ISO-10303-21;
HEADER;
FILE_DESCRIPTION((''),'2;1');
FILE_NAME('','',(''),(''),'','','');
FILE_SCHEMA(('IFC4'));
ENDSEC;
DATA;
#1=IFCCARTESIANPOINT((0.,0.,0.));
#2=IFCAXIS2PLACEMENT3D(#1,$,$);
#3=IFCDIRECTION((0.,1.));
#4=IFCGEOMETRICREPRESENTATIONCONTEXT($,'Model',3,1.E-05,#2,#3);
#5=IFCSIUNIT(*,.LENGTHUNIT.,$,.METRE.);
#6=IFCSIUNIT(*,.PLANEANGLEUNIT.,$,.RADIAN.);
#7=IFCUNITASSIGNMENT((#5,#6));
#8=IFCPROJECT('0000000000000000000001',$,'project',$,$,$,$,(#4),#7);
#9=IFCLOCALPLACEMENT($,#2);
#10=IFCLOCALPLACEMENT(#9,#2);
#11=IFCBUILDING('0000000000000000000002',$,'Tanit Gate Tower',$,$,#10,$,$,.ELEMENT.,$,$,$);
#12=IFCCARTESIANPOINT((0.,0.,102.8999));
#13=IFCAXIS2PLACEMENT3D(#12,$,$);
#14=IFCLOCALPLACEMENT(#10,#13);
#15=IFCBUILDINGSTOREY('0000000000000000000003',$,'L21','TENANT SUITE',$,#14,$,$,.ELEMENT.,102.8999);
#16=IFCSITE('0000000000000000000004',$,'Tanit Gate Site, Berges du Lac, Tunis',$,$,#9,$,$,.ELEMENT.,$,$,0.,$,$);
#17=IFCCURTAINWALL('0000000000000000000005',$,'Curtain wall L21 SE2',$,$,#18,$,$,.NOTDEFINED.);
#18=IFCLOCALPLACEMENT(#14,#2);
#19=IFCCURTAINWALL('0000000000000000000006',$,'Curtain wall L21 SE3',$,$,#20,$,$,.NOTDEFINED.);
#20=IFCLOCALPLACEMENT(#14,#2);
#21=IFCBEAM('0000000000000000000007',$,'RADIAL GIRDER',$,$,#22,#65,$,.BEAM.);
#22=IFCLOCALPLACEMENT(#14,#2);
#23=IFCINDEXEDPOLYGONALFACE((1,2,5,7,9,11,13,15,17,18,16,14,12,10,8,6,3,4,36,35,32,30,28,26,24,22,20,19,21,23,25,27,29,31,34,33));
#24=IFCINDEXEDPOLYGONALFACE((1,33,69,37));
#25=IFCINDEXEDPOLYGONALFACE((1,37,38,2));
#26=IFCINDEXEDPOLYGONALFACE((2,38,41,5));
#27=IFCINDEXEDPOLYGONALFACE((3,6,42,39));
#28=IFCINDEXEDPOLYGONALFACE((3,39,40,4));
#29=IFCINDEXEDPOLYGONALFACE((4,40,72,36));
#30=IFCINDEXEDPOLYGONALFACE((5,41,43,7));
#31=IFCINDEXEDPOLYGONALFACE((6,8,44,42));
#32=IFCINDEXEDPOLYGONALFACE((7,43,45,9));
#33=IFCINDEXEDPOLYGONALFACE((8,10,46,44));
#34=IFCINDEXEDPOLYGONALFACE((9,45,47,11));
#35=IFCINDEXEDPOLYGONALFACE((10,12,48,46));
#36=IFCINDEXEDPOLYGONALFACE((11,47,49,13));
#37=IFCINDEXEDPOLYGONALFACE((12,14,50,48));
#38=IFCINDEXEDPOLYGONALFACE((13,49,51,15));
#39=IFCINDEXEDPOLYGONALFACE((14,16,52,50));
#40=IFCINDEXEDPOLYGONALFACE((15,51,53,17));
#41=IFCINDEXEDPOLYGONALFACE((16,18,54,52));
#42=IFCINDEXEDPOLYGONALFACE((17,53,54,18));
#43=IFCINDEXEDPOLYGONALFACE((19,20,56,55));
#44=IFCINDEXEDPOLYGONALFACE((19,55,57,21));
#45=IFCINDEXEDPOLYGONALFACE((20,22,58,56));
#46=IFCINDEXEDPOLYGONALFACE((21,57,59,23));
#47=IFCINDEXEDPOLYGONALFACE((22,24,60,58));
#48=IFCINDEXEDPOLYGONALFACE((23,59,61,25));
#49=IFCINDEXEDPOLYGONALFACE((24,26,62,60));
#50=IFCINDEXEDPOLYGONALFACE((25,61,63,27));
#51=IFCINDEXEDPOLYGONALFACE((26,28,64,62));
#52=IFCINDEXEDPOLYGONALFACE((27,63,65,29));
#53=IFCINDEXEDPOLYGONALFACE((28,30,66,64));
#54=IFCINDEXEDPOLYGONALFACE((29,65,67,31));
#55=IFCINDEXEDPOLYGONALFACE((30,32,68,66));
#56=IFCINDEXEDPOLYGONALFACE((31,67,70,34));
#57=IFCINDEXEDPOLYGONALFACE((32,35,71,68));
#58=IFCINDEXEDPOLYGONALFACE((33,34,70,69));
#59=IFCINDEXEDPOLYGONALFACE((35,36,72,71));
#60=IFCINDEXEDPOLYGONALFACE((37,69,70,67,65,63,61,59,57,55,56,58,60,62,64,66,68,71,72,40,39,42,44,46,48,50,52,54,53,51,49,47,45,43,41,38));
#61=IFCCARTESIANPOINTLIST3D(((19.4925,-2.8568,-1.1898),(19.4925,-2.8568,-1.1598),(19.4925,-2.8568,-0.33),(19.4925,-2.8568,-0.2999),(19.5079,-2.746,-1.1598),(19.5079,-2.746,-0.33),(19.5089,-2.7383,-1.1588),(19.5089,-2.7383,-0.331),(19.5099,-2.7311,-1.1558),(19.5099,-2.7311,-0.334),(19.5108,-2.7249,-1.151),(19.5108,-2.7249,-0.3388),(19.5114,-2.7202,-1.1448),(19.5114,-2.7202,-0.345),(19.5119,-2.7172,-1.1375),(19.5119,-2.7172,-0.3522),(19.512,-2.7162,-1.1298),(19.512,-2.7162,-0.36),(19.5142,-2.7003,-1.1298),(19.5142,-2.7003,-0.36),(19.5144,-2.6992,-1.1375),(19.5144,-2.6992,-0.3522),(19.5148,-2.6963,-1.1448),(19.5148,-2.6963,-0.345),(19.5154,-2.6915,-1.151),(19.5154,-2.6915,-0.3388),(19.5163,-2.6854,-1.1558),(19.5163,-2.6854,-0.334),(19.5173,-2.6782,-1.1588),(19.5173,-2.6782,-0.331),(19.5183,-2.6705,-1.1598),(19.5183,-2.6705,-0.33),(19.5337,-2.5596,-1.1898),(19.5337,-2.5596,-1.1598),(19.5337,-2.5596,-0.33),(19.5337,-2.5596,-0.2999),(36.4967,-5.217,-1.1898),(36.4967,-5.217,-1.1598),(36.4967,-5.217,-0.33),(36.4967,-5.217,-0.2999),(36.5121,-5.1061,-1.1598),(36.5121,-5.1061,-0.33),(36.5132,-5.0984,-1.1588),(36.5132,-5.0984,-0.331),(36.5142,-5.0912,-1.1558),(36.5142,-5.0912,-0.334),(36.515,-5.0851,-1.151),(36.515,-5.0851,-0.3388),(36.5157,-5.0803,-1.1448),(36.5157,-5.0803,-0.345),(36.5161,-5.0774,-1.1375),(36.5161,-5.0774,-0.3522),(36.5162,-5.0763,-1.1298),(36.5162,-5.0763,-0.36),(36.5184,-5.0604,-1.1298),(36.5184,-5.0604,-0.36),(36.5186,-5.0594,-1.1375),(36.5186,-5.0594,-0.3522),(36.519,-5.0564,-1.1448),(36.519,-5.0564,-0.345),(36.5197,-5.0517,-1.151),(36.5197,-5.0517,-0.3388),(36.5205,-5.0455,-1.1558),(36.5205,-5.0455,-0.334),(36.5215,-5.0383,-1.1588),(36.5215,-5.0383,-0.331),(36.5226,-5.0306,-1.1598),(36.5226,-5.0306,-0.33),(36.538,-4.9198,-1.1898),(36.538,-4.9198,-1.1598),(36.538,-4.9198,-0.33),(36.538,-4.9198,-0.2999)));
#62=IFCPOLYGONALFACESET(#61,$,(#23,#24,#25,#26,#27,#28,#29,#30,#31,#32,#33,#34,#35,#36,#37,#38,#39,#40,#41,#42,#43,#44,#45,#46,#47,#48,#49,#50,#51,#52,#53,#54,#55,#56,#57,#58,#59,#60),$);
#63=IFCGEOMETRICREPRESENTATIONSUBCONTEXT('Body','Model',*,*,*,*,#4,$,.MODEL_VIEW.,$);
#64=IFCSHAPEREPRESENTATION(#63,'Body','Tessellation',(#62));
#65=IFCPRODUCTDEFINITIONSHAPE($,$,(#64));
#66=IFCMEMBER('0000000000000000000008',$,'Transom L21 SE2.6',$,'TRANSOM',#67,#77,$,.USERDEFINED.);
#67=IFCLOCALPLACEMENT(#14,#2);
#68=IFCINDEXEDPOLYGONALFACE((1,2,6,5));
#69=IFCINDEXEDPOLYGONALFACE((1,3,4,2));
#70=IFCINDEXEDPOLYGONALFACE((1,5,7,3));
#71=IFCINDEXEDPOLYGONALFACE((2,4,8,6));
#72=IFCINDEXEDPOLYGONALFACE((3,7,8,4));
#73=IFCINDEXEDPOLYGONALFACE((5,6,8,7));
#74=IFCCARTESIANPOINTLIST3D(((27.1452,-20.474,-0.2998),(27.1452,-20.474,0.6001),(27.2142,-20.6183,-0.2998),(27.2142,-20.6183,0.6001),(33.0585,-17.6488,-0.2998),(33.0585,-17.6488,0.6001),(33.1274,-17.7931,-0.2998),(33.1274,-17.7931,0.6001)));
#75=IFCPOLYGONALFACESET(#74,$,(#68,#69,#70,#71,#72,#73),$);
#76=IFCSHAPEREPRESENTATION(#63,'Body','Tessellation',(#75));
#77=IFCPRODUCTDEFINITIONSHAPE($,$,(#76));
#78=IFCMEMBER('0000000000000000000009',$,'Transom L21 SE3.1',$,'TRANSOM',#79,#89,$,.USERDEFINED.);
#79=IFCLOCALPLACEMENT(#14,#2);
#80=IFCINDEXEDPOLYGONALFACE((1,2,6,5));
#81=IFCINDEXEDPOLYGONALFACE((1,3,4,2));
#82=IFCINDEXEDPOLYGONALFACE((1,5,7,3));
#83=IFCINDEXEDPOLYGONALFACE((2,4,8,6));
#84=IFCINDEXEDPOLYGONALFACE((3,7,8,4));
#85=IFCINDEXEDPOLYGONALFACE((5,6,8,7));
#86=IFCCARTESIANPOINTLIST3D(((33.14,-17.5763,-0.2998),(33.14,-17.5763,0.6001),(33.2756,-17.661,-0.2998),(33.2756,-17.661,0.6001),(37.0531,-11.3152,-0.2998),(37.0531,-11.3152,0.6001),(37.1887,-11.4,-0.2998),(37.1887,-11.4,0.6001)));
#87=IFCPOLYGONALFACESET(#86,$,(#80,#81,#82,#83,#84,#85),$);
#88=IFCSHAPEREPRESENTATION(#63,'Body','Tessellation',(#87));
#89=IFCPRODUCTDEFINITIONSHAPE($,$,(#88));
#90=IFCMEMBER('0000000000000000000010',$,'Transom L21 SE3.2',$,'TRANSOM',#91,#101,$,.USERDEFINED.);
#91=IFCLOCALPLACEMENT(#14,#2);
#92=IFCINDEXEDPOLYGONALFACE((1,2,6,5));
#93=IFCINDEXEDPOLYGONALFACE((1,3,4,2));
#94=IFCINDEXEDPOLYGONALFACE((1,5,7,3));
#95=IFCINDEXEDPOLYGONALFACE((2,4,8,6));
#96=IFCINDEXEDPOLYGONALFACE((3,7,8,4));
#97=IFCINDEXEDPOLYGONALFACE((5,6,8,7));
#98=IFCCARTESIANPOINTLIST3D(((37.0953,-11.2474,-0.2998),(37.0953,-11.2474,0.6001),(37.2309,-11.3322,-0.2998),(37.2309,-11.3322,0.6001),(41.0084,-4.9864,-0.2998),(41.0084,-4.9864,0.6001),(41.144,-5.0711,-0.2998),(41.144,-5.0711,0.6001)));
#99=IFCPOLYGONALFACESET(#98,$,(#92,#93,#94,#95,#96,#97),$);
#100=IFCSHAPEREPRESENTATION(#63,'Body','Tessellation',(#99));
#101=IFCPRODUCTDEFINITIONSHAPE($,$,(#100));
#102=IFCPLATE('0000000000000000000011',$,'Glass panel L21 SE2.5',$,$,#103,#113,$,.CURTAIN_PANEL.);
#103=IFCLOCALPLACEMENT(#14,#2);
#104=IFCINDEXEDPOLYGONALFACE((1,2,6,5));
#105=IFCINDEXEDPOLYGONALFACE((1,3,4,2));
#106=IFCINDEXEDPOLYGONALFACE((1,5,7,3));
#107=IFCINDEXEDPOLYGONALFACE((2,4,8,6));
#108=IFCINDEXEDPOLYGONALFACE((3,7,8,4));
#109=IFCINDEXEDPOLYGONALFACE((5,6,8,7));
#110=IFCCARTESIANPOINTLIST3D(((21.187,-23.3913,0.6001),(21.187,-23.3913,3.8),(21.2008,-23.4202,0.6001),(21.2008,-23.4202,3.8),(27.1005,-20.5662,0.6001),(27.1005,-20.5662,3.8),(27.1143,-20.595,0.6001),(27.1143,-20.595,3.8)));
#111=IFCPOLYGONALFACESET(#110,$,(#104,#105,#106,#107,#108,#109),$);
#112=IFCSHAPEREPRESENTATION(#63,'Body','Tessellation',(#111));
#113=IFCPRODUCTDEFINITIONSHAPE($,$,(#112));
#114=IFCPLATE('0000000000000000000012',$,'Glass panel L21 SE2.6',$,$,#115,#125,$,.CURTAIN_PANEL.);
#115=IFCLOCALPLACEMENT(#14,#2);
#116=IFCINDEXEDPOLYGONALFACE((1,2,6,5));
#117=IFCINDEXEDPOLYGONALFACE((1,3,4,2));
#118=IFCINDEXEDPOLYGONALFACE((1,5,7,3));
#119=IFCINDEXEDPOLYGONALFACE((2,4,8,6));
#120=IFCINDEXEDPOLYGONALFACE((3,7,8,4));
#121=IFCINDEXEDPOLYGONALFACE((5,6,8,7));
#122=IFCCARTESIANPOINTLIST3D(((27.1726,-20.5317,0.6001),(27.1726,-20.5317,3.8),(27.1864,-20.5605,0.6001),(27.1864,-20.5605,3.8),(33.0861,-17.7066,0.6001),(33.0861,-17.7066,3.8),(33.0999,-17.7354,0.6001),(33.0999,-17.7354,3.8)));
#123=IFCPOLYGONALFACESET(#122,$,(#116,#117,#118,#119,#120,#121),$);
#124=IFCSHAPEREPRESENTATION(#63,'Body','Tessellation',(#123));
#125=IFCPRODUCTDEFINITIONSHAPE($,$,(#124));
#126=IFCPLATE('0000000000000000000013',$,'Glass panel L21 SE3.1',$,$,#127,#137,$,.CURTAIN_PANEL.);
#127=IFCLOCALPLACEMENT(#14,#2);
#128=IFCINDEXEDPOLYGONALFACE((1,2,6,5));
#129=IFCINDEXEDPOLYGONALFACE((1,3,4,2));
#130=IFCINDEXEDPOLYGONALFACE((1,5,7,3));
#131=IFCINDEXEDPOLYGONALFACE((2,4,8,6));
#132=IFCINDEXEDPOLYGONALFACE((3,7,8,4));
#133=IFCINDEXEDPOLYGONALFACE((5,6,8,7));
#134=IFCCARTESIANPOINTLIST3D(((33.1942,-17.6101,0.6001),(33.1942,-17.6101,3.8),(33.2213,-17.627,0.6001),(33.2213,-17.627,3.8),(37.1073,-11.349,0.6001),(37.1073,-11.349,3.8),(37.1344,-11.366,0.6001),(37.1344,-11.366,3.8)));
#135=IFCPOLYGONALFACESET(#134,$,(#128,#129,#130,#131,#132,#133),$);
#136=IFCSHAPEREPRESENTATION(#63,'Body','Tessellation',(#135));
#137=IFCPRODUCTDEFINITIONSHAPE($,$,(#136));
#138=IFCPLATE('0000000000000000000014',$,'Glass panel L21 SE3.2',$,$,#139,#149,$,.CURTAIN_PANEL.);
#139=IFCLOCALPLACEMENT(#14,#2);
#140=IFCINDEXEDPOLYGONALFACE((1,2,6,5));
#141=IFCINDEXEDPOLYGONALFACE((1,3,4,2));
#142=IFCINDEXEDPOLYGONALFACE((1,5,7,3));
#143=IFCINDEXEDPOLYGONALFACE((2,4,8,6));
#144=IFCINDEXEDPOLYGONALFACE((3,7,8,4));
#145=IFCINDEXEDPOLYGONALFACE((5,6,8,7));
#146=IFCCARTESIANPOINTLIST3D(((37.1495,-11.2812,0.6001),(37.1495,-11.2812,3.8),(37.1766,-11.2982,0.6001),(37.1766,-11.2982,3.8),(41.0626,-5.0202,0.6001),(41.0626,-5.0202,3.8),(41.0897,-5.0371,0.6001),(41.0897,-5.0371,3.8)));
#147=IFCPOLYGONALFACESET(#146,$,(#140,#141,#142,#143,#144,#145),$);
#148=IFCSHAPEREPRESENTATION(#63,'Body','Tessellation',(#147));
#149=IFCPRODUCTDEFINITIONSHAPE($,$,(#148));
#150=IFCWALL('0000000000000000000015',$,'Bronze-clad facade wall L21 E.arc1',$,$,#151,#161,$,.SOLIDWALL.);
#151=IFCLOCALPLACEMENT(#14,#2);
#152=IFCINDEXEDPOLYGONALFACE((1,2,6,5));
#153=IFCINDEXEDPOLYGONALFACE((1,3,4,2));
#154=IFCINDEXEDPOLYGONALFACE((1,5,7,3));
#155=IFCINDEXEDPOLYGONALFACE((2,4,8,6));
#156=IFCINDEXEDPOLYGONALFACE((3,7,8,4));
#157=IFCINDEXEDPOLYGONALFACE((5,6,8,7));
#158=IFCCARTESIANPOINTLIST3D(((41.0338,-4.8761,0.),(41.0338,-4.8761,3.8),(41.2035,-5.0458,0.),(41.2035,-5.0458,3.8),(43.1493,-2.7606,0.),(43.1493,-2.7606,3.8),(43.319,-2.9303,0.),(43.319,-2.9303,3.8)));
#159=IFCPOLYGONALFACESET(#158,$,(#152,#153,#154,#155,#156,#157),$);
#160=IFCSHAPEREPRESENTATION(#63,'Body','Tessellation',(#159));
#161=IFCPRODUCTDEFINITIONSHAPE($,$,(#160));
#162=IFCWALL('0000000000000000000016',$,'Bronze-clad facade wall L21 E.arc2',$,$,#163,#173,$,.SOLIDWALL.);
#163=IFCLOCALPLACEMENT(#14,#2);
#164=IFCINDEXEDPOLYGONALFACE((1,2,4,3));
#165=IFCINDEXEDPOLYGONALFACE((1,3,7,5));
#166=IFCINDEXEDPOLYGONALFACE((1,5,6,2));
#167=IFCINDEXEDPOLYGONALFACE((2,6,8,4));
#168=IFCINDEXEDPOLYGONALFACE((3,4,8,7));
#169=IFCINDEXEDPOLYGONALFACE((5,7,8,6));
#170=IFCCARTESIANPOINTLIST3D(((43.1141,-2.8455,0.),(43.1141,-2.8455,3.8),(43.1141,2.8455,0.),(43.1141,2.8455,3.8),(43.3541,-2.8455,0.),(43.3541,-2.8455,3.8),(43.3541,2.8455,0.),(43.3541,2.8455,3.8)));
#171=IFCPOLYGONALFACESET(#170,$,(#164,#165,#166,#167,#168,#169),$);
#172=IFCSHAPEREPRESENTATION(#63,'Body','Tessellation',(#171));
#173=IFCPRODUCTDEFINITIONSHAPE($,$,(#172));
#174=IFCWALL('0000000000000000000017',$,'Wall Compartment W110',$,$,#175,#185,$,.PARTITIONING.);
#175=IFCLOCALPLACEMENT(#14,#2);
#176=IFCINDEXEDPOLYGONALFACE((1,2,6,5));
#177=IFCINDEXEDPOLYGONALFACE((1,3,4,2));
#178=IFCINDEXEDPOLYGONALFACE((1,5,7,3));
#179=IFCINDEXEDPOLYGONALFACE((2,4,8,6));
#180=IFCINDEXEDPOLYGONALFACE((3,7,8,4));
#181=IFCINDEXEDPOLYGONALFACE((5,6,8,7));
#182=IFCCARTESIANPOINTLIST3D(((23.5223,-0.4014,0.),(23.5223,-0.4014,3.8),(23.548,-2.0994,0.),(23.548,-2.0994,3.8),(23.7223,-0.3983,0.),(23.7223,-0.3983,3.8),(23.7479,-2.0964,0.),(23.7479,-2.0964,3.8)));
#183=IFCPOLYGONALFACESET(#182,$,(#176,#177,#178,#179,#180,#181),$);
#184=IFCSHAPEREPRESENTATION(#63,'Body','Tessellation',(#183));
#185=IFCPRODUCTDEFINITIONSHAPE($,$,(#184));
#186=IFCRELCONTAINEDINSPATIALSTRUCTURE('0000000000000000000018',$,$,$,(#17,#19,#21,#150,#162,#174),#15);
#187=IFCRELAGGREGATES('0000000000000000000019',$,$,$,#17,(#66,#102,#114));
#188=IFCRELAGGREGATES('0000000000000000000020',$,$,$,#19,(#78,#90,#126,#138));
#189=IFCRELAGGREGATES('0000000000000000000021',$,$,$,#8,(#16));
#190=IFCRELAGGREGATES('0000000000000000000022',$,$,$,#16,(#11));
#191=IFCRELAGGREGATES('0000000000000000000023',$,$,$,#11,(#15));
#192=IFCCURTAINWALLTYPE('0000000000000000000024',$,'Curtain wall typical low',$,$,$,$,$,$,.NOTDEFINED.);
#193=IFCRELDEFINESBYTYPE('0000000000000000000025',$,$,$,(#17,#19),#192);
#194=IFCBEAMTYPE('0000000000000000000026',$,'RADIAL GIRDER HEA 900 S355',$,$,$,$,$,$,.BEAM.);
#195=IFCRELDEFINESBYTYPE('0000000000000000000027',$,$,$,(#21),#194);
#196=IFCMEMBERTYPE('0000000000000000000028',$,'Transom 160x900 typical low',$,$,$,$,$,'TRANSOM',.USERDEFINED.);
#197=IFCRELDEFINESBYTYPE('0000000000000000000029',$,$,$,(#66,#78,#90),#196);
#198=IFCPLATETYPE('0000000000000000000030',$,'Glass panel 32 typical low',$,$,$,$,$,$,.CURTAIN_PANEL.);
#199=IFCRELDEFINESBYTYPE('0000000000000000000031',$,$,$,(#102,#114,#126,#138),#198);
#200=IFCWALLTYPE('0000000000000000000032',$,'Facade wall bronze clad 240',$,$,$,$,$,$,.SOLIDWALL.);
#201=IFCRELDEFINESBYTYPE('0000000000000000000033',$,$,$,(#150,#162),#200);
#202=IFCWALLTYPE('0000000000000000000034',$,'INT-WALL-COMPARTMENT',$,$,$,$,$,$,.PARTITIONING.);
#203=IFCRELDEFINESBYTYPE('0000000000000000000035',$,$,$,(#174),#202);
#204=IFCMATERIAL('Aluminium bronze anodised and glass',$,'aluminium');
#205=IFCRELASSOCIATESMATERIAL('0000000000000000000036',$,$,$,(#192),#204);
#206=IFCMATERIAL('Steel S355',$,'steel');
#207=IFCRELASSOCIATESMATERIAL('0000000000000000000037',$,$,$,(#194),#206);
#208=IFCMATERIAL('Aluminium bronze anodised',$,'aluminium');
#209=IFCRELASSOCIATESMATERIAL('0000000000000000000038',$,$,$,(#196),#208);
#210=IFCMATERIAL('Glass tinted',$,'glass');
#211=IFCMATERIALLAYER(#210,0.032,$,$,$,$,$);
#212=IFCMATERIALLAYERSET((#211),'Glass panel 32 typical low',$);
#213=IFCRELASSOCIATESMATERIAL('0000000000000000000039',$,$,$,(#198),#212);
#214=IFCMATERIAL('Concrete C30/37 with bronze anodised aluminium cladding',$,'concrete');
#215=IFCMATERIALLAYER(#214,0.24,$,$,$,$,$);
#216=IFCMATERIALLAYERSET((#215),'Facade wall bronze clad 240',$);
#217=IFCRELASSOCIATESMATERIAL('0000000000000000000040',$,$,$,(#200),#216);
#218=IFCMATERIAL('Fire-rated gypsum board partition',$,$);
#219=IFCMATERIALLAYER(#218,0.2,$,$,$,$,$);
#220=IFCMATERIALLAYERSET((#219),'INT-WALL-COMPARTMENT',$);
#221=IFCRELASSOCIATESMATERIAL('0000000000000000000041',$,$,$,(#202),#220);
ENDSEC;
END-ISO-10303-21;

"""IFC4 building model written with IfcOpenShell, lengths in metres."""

from ifc_helpers import new_model, si_unit, direction, frame, frame_2d, origin, origin_2d, place, context, subcontext, project, spatial, rectangle, i_section, extrude, material, layer, layer_set, material_profile, profile_set, type_object, element, aggregate, save


model = new_model("IFC4")

# Units and contexts
model_context = context("Model", 3, precision=1e-05, world=origin(), true_north=direction((0.0, 1.0)))
body_context = subcontext(model_context, "Body", "Model", "MODEL_VIEW")
ifc_project = project(units=[si_unit("LENGTHUNIT", "METRE"), si_unit("PLANEANGLEUNIT", "RADIAN")], contexts=[model_context])

# Site, building, storey
site_placement = place(None, origin())
site = spatial("IfcSite", under=ifc_project, at=site_placement, Name="Tanit Gate Site, Berges du Lac, Tunis", CompositionType="ELEMENT", RefElevation=0.0)
building_placement = place(site_placement, origin())
building = spatial("IfcBuilding", under=site, at=building_placement, Name="Tanit Gate Tower", CompositionType="ELEMENT")
storey_placement = place(building_placement, frame((0.0, 0.0, 102.8999)))
storey = spatial("IfcBuildingStorey", under=building, at=storey_placement, Name="L21", Description="TENANT SUITE", CompositionType="ELEMENT", Elevation=102.8999)

# Curtain wall
ifc_material_1 = material(Name="Aluminium bronze anodised and glass", Category="aluminium")
curtain_wall_type = type_object("IfcCurtainWallType", Name="Curtain wall typical low", PredefinedType="NOTDEFINED", material=ifc_material_1)
curtain_wall_1_placement = place(storey_placement, origin())
curtain_wall_1 = element("IfcCurtainWall", 1, at=curtain_wall_1_placement, inside=storey, type_object=curtain_wall_type, Name="Curtain wall L21 SE2", PredefinedType="NOTDEFINED")

# Curtain wall
curtain_wall_2_placement = place(storey_placement, origin())
curtain_wall_2 = element("IfcCurtainWall", 2, at=curtain_wall_2_placement, inside=storey, type_object=curtain_wall_type, Name="Curtain wall L21 SE3", PredefinedType="NOTDEFINED")

# Beam
ifc_material_2 = material(Name="Steel S355", Category="steel")
ifc_material_profile_1 = material_profile(ifc_material_2, i_section(OverallWidth=0.3, OverallDepth=0.8899, WebThickness=0.0161, FlangeThickness=0.03, FilletRadius=0.03, at=origin_2d()), Name="HEA 900")
ifc_profile_set_1 = profile_set([ifc_material_profile_1], Name="Steel S355")
beam_type_1 = type_object("IfcBeamType", Name="RADIAL GIRDER HEA 900 S355", PredefinedType="BEAM", material=ifc_profile_set_1)
beam_1_placement = place(storey_placement, frame((36.5173, -5.0684, -0.7449), z_axis=(-0.990505, 0.137478, 0.0), x_axis=(-0.137478, -0.990505, 0.0)))
element("IfcBeam", 3, at=beam_1_placement, inside=storey, type_object=beam_type_1, Name="RADIAL GIRDER", PredefinedType="BEAM", context=body_context, shape_type="SweptSolid", body=[
    extrude(i_section(OverallWidth=0.3, OverallDepth=0.8899, WebThickness=0.0161, FlangeThickness=0.03, FilletRadius=0.03, at=origin_2d()), origin(), (0.0, 0.0, 1.0), 17.1672),
])

# Members
ifc_material_3 = material(Name="Aluminium bronze anodised", Category="aluminium")
ifc_material_profile_2 = material_profile(ifc_material_3, rectangle(XDim=0.1599, YDim=0.8999, at=origin_2d()), Name="160x900 bronze transom")
ifc_profile_set_2 = profile_set([ifc_material_profile_2], Name="Aluminium bronze anodised")
member_type_1 = type_object("IfcMemberType", Name="Transom 160x900 typical low", ElementType="TRANSOM", PredefinedType="USERDEFINED", material=ifc_profile_set_2)
member_1_placement = place(storey_placement, frame((27.1797, -20.5461, 0.1501), z_axis=(0.902308, 0.431093, 0.0), x_axis=(-0.431093, 0.902308, 0.0)))
member_1 = element("IfcMember", 4, at=member_1_placement, type_object=member_type_1, Name="Transom L21 SE2.6", ObjectType="TRANSOM", PredefinedType="USERDEFINED", context=body_context, shape_type="SweptSolid", body=[
    extrude(rectangle(XDim=0.1599, YDim=0.8999, at=origin_2d()), origin(), (0.0, 0.0, 1.0), 6.5535),
])
member_2_placement = place(storey_placement, frame((33.2078, -17.6187, 0.1501), z_axis=(0.529996, 0.848, 0.0), x_axis=(-0.848, 0.529996, 0.0)))
member_2 = element("IfcMember", 5, at=member_2_placement, type_object=member_type_1, Name="Transom L21 SE3.1", ObjectType="TRANSOM", PredefinedType="USERDEFINED", context=body_context, shape_type="SweptSolid", body=[
    extrude(rectangle(XDim=0.1599, YDim=0.8999, at=origin_2d()), origin(), (0.0, 0.0, 1.0), 7.3833),
])
member_3_placement = place(storey_placement, frame((37.1631, -11.2898, 0.1501), z_axis=(0.529996, 0.848, 0.0), x_axis=(-0.848, 0.529996, 0.0)))
member_3 = element("IfcMember", 6, at=member_3_placement, type_object=member_type_1, Name="Transom L21 SE3.2", ObjectType="TRANSOM", PredefinedType="USERDEFINED", context=body_context, shape_type="SweptSolid", body=[
    extrude(rectangle(XDim=0.1599, YDim=0.8999, at=origin_2d()), origin(), (0.0, 0.0, 1.0), 7.3833),
])

# Plates
ifc_material_4 = material(Name="Glass tinted", Category="glass")
ifc_layer_1 = layer(ifc_material_4, 0.032)
ifc_layer_set_1 = layer_set([ifc_layer_1], Name="Glass panel 32 typical low")
plate_type = type_object("IfcPlateType", Name="Glass panel 32 typical low", PredefinedType="CURTAIN_PANEL", material=ifc_layer_set_1)
plate_1_placement = place(storey_placement, frame((24.1506, -21.9932, 0.6001), z_axis=(0.0, 0.0, 1.0), x_axis=(0.902317, 0.431073, 0.0)))
plate_1 = element("IfcPlate", 7, at=plate_1_placement, type_object=plate_type, Name="Glass panel L21 SE2.5", PredefinedType="CURTAIN_PANEL", context=body_context, shape_type="SweptSolid", body=[
    extrude(rectangle(XDim=6.5537, YDim=0.032, at=origin_2d()), origin(), (0.0, 0.0, 1.0), 3.2),
])
plate_2_placement = place(storey_placement, frame((30.1362, -19.1335, 0.6001), z_axis=(0.0, 0.0, 1.0), x_axis=(0.902317, 0.431073, 0.0)))
plate_2 = element("IfcPlate", 8, at=plate_2_placement, type_object=plate_type, Name="Glass panel L21 SE2.6", PredefinedType="CURTAIN_PANEL", context=body_context, shape_type="SweptSolid", body=[
    extrude(rectangle(XDim=6.5537, YDim=0.032, at=origin_2d()), origin(), (0.0, 0.0, 1.0), 3.2),
])
aggregate(curtain_wall_1, [member_1, plate_1, plate_2])
plate_3_placement = place(storey_placement, frame((35.1643, -14.488, 0.6001), z_axis=(0.0, 0.0, 1.0), x_axis=(0.529992, 0.848003, 0.0)))
plate_3 = element("IfcPlate", 9, at=plate_3_placement, type_object=plate_type, Name="Glass panel L21 SE3.1", PredefinedType="CURTAIN_PANEL", context=body_context, shape_type="SweptSolid", body=[
    extrude(rectangle(XDim=7.3833, YDim=0.032, at=origin_2d()), origin(), (0.0, 0.0, 1.0), 3.2),
])
plate_4_placement = place(storey_placement, frame((39.1196, -8.1592, 0.6001), z_axis=(0.0, 0.0, 1.0), x_axis=(0.529992, 0.848003, 0.0)))
plate_4 = element("IfcPlate", 10, at=plate_4_placement, type_object=plate_type, Name="Glass panel L21 SE3.2", PredefinedType="CURTAIN_PANEL", context=body_context, shape_type="SweptSolid", body=[
    extrude(rectangle(XDim=7.3833, YDim=0.032, at=origin_2d()), origin(), (0.0, 0.0, 1.0), 3.2),
])
aggregate(curtain_wall_2, [member_2, member_3, plate_3, plate_4])

# Walls
ifc_material_5 = material(Name="Concrete C30/37 with bronze anodised aluminium cladding", Category="concrete")
ifc_layer_2 = layer(ifc_material_5, 0.24)
ifc_layer_set_2 = layer_set([ifc_layer_2], Name="Facade wall bronze clad 240")
wall_type_1 = type_object("IfcWallType", Name="Facade wall bronze clad 240", PredefinedType="SOLIDWALL", material=ifc_layer_set_2)
wall_1_placement = place(storey_placement, frame((41.1187, -4.9609, 0.0), z_axis=(0.0, 0.0, 1.0), x_axis=(0.707107, 0.707107, 0.0)))
element("IfcWall", 11, at=wall_1_placement, inside=storey, type_object=wall_type_1, Name="Bronze-clad facade wall L21 E.arc1", PredefinedType="SOLIDWALL", context=body_context, shape_type="SweptSolid", body=[
    extrude(rectangle(XDim=2.9917, YDim=0.24, at=frame_2d((1.4958, 0.0))), origin(), (0.0, 0.0, 1.0), 3.8),
])
wall_2_placement = place(storey_placement, frame((43.2341, -2.8455, 0.0), z_axis=(0.0, 0.0, 1.0), x_axis=(0.0, 1.0, 0.0)))
element("IfcWall", 12, at=wall_2_placement, inside=storey, type_object=wall_type_1, Name="Bronze-clad facade wall L21 E.arc2", PredefinedType="SOLIDWALL", context=body_context, shape_type="SweptSolid", body=[
    extrude(rectangle(XDim=5.6909, YDim=0.24, at=frame_2d((2.8455, 0.0))), origin(), (0.0, 0.0, 1.0), 3.8),
])
ifc_material_6 = material(Name="Fire-rated gypsum board partition")
ifc_layer_3 = layer(ifc_material_6, 0.2)
ifc_layer_set_3 = layer_set([ifc_layer_3], Name="INT-WALL-COMPARTMENT")
wall_type_2 = type_object("IfcWallType", Name="INT-WALL-COMPARTMENT", PredefinedType="PARTITIONING", material=ifc_layer_set_3)
wall_3_placement = place(storey_placement, frame((23.6479, -2.0979, 0.0), z_axis=(0.0, 0.0, 1.0), x_axis=(-0.015095, 0.999886, 0.0)))
element("IfcWall", 13, at=wall_3_placement, inside=storey, type_object=wall_type_2, Name="Wall Compartment W110", PredefinedType="PARTITIONING", context=body_context, shape_type="SweptSolid", body=[
    extrude(rectangle(XDim=1.6982, YDim=0.2, at=frame_2d((0.8491, 0.0))), origin(), (0.0, 0.0, 1.0), 3.8),
])

save(model, "model.ifc")
